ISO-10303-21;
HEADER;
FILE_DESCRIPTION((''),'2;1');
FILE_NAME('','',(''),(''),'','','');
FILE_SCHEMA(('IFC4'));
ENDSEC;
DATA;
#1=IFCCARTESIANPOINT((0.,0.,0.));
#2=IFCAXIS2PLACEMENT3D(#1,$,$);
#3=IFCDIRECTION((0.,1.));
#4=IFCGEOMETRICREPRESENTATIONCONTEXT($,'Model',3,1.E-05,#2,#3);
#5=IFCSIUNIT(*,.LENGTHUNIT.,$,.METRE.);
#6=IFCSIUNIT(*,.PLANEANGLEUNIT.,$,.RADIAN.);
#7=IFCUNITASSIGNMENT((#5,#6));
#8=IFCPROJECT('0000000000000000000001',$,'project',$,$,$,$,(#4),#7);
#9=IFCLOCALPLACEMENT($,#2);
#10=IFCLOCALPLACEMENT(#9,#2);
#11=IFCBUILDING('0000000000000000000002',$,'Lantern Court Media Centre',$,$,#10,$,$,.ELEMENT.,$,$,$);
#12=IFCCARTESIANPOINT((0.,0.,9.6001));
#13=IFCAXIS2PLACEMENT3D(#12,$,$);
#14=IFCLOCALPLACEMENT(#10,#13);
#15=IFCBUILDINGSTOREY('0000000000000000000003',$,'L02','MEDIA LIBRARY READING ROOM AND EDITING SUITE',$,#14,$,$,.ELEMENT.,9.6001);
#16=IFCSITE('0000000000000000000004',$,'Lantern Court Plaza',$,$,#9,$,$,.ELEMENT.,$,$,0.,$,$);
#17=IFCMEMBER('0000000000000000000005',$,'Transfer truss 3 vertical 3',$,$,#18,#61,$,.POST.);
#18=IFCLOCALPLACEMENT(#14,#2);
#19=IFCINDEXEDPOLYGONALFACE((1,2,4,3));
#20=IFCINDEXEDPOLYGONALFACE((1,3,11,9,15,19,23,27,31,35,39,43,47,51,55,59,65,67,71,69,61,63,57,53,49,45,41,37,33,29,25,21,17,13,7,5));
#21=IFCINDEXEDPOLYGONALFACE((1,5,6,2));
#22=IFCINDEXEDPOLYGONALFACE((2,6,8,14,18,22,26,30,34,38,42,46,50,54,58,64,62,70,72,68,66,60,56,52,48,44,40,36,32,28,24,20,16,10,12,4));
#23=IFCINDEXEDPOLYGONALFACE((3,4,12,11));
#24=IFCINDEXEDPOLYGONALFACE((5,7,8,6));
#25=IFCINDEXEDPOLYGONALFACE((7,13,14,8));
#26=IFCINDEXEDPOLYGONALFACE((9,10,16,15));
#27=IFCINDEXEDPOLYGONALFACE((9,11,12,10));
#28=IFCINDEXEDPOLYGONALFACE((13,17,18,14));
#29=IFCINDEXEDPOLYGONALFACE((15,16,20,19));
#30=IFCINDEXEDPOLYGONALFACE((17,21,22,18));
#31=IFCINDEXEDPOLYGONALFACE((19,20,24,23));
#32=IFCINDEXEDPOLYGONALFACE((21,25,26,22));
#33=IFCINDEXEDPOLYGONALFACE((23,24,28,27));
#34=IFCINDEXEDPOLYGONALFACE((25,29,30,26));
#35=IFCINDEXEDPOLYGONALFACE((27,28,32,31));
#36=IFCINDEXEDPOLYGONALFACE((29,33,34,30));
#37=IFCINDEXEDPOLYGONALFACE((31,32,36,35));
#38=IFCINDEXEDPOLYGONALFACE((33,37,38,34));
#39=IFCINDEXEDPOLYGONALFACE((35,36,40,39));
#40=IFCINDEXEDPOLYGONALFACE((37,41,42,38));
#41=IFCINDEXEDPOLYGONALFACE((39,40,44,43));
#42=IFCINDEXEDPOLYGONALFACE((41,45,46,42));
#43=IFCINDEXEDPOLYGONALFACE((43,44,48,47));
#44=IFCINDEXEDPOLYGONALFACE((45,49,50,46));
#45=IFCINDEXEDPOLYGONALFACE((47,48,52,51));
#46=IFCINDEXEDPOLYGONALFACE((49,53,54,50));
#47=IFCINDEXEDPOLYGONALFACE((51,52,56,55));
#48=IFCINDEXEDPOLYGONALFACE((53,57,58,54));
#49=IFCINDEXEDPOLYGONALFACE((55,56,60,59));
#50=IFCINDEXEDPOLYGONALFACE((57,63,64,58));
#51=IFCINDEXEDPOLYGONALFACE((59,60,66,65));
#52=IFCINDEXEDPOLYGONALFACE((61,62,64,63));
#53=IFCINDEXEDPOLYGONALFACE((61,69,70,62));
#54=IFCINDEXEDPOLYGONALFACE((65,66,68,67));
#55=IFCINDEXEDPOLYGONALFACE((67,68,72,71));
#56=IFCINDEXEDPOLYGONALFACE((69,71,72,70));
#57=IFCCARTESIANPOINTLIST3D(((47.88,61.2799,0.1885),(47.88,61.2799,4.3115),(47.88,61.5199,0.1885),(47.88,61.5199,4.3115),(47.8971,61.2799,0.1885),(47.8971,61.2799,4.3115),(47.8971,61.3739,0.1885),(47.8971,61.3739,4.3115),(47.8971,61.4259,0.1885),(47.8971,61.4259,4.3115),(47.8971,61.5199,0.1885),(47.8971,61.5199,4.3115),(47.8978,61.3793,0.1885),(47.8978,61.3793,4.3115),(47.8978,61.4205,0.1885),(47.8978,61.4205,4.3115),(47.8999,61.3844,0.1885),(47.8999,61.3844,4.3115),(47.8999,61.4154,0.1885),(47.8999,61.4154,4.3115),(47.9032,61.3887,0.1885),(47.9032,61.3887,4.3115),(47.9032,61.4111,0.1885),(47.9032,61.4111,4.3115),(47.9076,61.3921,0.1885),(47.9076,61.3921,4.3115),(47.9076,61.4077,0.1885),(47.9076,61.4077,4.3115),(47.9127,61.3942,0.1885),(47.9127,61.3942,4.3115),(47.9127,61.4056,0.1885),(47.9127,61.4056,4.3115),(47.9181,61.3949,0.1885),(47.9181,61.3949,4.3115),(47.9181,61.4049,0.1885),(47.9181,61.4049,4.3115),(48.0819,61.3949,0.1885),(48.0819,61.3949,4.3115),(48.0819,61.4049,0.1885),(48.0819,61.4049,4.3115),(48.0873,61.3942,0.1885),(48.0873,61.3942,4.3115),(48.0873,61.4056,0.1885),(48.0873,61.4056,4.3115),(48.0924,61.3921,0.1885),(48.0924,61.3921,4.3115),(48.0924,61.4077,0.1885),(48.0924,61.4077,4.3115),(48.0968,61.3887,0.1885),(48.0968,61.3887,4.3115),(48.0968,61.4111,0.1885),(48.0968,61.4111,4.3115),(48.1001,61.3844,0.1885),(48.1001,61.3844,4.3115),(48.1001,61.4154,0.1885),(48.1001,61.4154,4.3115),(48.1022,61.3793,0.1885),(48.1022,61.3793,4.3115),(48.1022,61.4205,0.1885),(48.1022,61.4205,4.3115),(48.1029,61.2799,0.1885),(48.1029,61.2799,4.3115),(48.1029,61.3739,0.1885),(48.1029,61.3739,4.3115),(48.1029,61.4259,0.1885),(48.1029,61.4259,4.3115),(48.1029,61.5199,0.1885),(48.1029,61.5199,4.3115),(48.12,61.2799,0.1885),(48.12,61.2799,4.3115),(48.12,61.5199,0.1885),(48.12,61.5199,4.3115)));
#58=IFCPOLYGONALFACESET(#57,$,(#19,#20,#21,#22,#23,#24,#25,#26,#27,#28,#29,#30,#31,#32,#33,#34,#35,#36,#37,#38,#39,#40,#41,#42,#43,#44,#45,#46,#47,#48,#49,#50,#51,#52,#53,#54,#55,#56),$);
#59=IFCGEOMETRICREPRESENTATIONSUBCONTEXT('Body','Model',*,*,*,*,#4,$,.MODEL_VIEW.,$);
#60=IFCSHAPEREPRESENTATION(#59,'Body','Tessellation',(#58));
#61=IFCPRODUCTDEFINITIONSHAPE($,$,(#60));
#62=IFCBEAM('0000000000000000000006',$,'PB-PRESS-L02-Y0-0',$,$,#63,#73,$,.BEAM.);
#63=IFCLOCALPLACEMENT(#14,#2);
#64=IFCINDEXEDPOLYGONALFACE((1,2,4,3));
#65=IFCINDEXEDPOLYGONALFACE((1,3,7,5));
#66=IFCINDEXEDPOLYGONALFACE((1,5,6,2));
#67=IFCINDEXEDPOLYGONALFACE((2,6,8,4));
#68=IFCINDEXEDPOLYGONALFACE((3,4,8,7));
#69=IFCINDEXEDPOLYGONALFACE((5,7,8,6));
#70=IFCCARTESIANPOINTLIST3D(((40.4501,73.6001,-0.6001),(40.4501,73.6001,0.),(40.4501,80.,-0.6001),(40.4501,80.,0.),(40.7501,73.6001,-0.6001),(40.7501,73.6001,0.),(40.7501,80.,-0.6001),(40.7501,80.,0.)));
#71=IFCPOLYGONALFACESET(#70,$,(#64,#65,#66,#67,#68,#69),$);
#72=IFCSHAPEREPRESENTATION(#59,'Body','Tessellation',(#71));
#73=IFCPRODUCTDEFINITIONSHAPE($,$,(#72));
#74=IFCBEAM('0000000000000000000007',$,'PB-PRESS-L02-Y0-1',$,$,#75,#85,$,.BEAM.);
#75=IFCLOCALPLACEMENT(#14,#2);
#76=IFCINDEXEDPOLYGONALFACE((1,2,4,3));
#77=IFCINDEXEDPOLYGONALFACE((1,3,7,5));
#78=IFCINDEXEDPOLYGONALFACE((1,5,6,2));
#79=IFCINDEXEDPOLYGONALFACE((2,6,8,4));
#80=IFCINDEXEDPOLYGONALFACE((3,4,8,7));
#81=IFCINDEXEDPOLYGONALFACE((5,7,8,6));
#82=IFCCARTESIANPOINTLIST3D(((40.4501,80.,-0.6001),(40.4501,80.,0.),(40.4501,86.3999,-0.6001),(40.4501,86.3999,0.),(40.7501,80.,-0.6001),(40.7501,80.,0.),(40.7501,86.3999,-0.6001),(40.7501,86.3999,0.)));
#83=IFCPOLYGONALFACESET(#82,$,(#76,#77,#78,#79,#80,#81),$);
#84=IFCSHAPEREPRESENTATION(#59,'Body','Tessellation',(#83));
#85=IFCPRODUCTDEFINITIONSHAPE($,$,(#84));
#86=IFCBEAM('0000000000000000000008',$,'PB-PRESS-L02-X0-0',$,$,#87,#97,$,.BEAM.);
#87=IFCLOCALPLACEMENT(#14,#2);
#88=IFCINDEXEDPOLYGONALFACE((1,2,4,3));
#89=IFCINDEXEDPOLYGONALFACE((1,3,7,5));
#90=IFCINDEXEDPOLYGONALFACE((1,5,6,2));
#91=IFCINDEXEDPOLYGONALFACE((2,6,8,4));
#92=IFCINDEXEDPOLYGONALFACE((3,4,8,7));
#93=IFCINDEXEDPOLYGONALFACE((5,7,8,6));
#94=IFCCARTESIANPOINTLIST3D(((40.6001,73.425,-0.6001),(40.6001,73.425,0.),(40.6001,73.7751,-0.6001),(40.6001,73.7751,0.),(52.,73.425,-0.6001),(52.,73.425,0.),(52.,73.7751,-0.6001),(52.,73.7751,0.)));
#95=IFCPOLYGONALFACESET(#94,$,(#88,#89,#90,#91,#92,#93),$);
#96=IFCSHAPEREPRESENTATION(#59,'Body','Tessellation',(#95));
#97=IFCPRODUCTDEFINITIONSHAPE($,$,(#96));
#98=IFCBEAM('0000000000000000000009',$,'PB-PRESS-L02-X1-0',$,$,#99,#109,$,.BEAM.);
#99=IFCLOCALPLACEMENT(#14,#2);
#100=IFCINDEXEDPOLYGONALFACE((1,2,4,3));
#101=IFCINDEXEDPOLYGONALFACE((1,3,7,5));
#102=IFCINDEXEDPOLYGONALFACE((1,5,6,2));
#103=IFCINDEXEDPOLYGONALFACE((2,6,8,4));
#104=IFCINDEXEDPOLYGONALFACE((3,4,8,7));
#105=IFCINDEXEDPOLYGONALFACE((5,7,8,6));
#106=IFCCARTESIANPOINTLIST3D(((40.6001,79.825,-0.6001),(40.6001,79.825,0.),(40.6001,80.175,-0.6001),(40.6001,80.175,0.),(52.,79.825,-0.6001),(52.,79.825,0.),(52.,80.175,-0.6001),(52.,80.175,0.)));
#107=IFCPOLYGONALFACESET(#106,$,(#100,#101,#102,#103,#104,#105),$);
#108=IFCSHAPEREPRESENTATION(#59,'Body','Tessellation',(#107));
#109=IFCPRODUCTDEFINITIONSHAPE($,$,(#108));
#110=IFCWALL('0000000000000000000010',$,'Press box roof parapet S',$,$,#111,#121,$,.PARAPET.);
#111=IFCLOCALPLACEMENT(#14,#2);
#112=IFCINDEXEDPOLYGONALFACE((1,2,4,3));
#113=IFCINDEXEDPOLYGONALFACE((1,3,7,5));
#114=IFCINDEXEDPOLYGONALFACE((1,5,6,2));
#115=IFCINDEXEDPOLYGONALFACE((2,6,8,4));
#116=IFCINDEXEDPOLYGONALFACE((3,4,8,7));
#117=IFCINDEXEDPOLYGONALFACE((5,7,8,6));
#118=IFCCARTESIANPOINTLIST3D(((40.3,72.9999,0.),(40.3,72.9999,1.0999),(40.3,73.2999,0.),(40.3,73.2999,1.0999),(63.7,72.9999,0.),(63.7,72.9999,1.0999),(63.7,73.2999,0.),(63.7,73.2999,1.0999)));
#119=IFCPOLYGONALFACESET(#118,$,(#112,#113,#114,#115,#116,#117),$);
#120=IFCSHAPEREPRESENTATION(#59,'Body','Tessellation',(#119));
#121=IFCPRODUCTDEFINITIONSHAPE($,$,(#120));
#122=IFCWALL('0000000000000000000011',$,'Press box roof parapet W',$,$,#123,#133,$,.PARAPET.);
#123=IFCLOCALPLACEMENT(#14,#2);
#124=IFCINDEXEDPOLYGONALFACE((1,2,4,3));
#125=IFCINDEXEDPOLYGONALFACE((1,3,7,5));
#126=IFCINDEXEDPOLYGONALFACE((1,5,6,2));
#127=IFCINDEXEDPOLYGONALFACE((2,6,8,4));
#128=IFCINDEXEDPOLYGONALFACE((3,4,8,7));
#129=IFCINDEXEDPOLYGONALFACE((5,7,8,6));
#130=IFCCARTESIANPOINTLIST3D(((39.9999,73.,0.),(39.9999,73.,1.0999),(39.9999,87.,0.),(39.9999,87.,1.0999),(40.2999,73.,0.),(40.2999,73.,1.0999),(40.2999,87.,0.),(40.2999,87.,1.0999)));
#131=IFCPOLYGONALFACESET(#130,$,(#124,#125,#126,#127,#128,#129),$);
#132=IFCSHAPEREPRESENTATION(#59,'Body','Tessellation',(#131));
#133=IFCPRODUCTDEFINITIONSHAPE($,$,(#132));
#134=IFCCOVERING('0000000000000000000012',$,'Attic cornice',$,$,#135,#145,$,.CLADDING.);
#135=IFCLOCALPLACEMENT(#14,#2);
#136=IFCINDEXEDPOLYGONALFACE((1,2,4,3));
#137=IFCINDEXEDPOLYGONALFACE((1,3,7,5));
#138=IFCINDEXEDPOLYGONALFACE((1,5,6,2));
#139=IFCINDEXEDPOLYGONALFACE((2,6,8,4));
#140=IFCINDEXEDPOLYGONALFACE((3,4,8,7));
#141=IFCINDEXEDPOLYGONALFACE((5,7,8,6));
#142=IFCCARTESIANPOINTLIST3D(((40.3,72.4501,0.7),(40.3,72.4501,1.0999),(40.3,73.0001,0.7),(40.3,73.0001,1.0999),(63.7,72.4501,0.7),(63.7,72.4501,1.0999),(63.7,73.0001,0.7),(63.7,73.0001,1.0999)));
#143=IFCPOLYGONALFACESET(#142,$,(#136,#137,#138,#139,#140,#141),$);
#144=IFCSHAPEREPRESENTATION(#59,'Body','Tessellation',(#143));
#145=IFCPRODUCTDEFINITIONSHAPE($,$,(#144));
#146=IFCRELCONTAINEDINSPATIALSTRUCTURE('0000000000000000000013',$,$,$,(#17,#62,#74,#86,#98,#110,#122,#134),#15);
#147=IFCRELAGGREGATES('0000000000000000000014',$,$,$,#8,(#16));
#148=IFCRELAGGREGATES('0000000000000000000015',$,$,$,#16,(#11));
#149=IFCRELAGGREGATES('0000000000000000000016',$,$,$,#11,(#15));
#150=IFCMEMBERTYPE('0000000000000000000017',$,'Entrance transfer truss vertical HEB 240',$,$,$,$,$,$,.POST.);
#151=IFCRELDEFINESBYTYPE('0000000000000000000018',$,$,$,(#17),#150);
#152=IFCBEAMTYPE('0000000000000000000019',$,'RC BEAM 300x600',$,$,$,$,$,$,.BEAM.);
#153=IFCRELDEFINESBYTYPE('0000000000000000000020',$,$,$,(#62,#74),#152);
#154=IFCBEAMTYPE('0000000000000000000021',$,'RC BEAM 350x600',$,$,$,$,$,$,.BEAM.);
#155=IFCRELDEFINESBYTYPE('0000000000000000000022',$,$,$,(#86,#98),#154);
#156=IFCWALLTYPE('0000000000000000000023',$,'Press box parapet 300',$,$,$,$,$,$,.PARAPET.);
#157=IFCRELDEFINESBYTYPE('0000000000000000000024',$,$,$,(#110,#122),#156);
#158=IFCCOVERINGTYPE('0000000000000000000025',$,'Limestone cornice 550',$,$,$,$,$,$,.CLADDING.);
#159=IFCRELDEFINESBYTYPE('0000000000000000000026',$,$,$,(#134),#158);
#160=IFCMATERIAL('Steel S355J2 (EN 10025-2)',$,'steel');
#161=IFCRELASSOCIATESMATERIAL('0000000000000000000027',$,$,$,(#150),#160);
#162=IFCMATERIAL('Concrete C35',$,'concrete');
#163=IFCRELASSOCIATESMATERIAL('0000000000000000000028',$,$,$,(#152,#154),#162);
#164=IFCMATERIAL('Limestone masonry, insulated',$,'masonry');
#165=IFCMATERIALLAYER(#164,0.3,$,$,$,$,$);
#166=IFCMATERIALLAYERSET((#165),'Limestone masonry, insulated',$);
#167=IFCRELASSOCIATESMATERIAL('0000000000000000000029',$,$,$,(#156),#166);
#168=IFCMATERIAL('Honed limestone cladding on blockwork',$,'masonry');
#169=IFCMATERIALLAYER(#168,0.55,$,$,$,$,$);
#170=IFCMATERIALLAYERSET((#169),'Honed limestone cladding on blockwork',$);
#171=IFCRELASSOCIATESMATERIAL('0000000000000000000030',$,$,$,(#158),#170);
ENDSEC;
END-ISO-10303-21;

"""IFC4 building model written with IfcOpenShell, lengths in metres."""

from ifc_helpers import new_model, si_unit, direction, frame, frame_2d, origin, origin_2d, place, context, subcontext, project, spatial, rectangle, i_section, extrude, material, layer, layer_set, material_profile, profile_set, type_object, element, save


model = new_model("IFC4")

# Units and contexts
model_context = context("Model", 3, precision=1e-05, world=origin(), true_north=direction((0.0, 1.0)))
body_context = subcontext(model_context, "Body", "Model", "MODEL_VIEW")
ifc_project = project(units=[si_unit("LENGTHUNIT", "METRE"), si_unit("PLANEANGLEUNIT", "RADIAN")], contexts=[model_context])

# Site, building, storey
site_placement = place(None, origin())
site = spatial("IfcSite", under=ifc_project, at=site_placement, Name="Lantern Court Plaza", CompositionType="ELEMENT", RefElevation=0.0)
building_placement = place(site_placement, origin())
building = spatial("IfcBuilding", under=site, at=building_placement, Name="Lantern Court Media Centre", CompositionType="ELEMENT")
storey_placement = place(building_placement, frame((0.0, 0.0, 9.6001)))
storey = spatial("IfcBuildingStorey", under=building, at=storey_placement, Name="L02", Description="MEDIA LIBRARY READING ROOM AND EDITING SUITE", CompositionType="ELEMENT", Elevation=9.6001)

# Shared definitions
ifc_material_1 = material(Name="Concrete C35", Category="concrete")

# Member
ifc_material_2 = material(Name="Steel S355J2 (EN 10025-2)", Category="steel")
ifc_material_profile_1 = material_profile(ifc_material_2, i_section(OverallWidth=0.24, OverallDepth=0.24, WebThickness=0.01, FlangeThickness=0.0171, FilletRadius=0.021, at=origin_2d()), Name="HEB 240")
ifc_profile_set_1 = profile_set([ifc_material_profile_1], Name="Steel S355J2 (EN 10025-2)")
member_type_1 = type_object("IfcMemberType", Name="Entrance transfer truss vertical HEB 240", PredefinedType="POST", material=ifc_profile_set_1)
for number, where, z_axis, x_axis, name in (
    (1, (48.0, 61.3999, 0.1885), (0.0, 0.0, 1.0), (0.0, 1.0, 0.0), "Transfer truss 3 vertical 3"),
):
    element("IfcMember", number, at=place(storey_placement, frame(where, z_axis=z_axis, x_axis=x_axis)), inside=storey, type_object=member_type_1, Name=name, PredefinedType="POST", context=body_context, shape_type="SweptSolid", body=[
        extrude(i_section(OverallWidth=0.24, OverallDepth=0.24, WebThickness=0.01, FlangeThickness=0.0171, FilletRadius=0.021, at=origin_2d()), origin(), (0.0, 0.0, 1.0), 4.123),
    ])

# Beams
ifc_material_profile_2 = material_profile(ifc_material_1, rectangle(XDim=0.3, YDim=0.6001, at=origin_2d()), Name="RC 300x600")
ifc_profile_set_2 = profile_set([ifc_material_profile_2], Name="Concrete C35")
beam_type_1 = type_object("IfcBeamType", Name="RC BEAM 300x600", PredefinedType="BEAM", material=ifc_profile_set_2)
for number, where, z_axis, x_axis, name in (
    (2, (40.6001, 73.6001, -0.3), (0.0, 1.0, 0.0), (-1.0, 0.0, 0.0), "PB-PRESS-L02-Y0-0"),
    (3, (40.6001, 80.0, -0.3), (0.0, 1.0, 0.0), (-1.0, 0.0, 0.0), "PB-PRESS-L02-Y0-1"),
):
    element("IfcBeam", number, at=place(storey_placement, frame(where, z_axis=z_axis, x_axis=x_axis)), inside=storey, type_object=beam_type_1, Name=name, PredefinedType="BEAM", context=body_context, shape_type="SweptSolid", body=[
        extrude(rectangle(XDim=0.3, YDim=0.6001, at=origin_2d()), origin(), (0.0, 0.0, 1.0), 6.3999),
    ])
ifc_material_profile_3 = material_profile(ifc_material_1, rectangle(XDim=0.3501, YDim=0.6001, at=origin_2d()), Name="RC 350x600")
ifc_profile_set_3 = profile_set([ifc_material_profile_3], Name="Concrete C35")
beam_type_2 = type_object("IfcBeamType", Name="RC BEAM 350x600", PredefinedType="BEAM", material=ifc_profile_set_3)
for number, where, z_axis, x_axis, name in (
    (4, (40.6001, 73.6001, -0.3), (1.0, 0.0, 0.0), (0.0, 1.0, 0.0), "PB-PRESS-L02-X0-0"),
    (5, (40.6001, 80.0, -0.3), (1.0, 0.0, 0.0), (0.0, 1.0, 0.0), "PB-PRESS-L02-X1-0"),
):
    element("IfcBeam", number, at=place(storey_placement, frame(where, z_axis=z_axis, x_axis=x_axis)), inside=storey, type_object=beam_type_2, Name=name, PredefinedType="BEAM", context=body_context, shape_type="SweptSolid", body=[
        extrude(rectangle(XDim=0.3501, YDim=0.6001, at=origin_2d()), origin(), (0.0, 0.0, 1.0), 11.3999),
    ])

# Walls
ifc_material_3 = material(Name="Limestone masonry, insulated", Category="masonry")
ifc_layer_1 = layer(ifc_material_3, 0.3)
ifc_layer_set_1 = layer_set([ifc_layer_1], Name="Limestone masonry, insulated")
wall_type = type_object("IfcWallType", Name="Press box parapet 300", PredefinedType="PARAPET", material=ifc_layer_set_1)
wall_1_placement = place(storey_placement, frame((40.3, 73.1499, 0.0), z_axis=(0.0, 0.0, 1.0), x_axis=(1.0, 0.0, 0.0)))
element("IfcWall", 6, at=wall_1_placement, inside=storey, type_object=wall_type, Name="Press box roof parapet S", PredefinedType="PARAPET", context=body_context, shape_type="SweptSolid", body=[
    extrude(rectangle(XDim=23.3999, YDim=0.3, at=frame_2d((11.7, 0.0))), origin(), (0.0, 0.0, 1.0), 1.0999),
])
wall_2_placement = place(storey_placement, frame((40.1499, 73.0, 0.0), z_axis=(0.0, 0.0, 1.0), x_axis=(0.0, 1.0, 0.0)))
element("IfcWall", 7, at=wall_2_placement, inside=storey, type_object=wall_type, Name="Press box roof parapet W", PredefinedType="PARAPET", context=body_context, shape_type="SweptSolid", body=[
    extrude(rectangle(XDim=14.0, YDim=0.3, at=frame_2d((7.0, 0.0))), origin(), (0.0, 0.0, 1.0), 1.0999),
])

# Covering
ifc_material_4 = material(Name="Honed limestone cladding on blockwork", Category="masonry")
ifc_layer_2 = layer(ifc_material_4, 0.55)
ifc_layer_set_2 = layer_set([ifc_layer_2], Name="Honed limestone cladding on blockwork")
covering_type_1 = type_object("IfcCoveringType", Name="Limestone cornice 550", PredefinedType="CLADDING", material=ifc_layer_set_2)
covering_1_placement = place(storey_placement, frame((40.3, 72.7251, 0.7), z_axis=(0.0, 0.0, 1.0), x_axis=(1.0, 0.0, 0.0)))
element("IfcCovering", 8, at=covering_1_placement, inside=storey, type_object=covering_type_1, Name="Attic cornice", PredefinedType="CLADDING", context=body_context, shape_type="SweptSolid", body=[
    extrude(rectangle(XDim=23.3999, YDim=0.55, at=frame_2d((11.7, 0.0))), origin(), (0.0, 0.0, 1.0), 0.3999),
])

save(model, "model.ifc")
